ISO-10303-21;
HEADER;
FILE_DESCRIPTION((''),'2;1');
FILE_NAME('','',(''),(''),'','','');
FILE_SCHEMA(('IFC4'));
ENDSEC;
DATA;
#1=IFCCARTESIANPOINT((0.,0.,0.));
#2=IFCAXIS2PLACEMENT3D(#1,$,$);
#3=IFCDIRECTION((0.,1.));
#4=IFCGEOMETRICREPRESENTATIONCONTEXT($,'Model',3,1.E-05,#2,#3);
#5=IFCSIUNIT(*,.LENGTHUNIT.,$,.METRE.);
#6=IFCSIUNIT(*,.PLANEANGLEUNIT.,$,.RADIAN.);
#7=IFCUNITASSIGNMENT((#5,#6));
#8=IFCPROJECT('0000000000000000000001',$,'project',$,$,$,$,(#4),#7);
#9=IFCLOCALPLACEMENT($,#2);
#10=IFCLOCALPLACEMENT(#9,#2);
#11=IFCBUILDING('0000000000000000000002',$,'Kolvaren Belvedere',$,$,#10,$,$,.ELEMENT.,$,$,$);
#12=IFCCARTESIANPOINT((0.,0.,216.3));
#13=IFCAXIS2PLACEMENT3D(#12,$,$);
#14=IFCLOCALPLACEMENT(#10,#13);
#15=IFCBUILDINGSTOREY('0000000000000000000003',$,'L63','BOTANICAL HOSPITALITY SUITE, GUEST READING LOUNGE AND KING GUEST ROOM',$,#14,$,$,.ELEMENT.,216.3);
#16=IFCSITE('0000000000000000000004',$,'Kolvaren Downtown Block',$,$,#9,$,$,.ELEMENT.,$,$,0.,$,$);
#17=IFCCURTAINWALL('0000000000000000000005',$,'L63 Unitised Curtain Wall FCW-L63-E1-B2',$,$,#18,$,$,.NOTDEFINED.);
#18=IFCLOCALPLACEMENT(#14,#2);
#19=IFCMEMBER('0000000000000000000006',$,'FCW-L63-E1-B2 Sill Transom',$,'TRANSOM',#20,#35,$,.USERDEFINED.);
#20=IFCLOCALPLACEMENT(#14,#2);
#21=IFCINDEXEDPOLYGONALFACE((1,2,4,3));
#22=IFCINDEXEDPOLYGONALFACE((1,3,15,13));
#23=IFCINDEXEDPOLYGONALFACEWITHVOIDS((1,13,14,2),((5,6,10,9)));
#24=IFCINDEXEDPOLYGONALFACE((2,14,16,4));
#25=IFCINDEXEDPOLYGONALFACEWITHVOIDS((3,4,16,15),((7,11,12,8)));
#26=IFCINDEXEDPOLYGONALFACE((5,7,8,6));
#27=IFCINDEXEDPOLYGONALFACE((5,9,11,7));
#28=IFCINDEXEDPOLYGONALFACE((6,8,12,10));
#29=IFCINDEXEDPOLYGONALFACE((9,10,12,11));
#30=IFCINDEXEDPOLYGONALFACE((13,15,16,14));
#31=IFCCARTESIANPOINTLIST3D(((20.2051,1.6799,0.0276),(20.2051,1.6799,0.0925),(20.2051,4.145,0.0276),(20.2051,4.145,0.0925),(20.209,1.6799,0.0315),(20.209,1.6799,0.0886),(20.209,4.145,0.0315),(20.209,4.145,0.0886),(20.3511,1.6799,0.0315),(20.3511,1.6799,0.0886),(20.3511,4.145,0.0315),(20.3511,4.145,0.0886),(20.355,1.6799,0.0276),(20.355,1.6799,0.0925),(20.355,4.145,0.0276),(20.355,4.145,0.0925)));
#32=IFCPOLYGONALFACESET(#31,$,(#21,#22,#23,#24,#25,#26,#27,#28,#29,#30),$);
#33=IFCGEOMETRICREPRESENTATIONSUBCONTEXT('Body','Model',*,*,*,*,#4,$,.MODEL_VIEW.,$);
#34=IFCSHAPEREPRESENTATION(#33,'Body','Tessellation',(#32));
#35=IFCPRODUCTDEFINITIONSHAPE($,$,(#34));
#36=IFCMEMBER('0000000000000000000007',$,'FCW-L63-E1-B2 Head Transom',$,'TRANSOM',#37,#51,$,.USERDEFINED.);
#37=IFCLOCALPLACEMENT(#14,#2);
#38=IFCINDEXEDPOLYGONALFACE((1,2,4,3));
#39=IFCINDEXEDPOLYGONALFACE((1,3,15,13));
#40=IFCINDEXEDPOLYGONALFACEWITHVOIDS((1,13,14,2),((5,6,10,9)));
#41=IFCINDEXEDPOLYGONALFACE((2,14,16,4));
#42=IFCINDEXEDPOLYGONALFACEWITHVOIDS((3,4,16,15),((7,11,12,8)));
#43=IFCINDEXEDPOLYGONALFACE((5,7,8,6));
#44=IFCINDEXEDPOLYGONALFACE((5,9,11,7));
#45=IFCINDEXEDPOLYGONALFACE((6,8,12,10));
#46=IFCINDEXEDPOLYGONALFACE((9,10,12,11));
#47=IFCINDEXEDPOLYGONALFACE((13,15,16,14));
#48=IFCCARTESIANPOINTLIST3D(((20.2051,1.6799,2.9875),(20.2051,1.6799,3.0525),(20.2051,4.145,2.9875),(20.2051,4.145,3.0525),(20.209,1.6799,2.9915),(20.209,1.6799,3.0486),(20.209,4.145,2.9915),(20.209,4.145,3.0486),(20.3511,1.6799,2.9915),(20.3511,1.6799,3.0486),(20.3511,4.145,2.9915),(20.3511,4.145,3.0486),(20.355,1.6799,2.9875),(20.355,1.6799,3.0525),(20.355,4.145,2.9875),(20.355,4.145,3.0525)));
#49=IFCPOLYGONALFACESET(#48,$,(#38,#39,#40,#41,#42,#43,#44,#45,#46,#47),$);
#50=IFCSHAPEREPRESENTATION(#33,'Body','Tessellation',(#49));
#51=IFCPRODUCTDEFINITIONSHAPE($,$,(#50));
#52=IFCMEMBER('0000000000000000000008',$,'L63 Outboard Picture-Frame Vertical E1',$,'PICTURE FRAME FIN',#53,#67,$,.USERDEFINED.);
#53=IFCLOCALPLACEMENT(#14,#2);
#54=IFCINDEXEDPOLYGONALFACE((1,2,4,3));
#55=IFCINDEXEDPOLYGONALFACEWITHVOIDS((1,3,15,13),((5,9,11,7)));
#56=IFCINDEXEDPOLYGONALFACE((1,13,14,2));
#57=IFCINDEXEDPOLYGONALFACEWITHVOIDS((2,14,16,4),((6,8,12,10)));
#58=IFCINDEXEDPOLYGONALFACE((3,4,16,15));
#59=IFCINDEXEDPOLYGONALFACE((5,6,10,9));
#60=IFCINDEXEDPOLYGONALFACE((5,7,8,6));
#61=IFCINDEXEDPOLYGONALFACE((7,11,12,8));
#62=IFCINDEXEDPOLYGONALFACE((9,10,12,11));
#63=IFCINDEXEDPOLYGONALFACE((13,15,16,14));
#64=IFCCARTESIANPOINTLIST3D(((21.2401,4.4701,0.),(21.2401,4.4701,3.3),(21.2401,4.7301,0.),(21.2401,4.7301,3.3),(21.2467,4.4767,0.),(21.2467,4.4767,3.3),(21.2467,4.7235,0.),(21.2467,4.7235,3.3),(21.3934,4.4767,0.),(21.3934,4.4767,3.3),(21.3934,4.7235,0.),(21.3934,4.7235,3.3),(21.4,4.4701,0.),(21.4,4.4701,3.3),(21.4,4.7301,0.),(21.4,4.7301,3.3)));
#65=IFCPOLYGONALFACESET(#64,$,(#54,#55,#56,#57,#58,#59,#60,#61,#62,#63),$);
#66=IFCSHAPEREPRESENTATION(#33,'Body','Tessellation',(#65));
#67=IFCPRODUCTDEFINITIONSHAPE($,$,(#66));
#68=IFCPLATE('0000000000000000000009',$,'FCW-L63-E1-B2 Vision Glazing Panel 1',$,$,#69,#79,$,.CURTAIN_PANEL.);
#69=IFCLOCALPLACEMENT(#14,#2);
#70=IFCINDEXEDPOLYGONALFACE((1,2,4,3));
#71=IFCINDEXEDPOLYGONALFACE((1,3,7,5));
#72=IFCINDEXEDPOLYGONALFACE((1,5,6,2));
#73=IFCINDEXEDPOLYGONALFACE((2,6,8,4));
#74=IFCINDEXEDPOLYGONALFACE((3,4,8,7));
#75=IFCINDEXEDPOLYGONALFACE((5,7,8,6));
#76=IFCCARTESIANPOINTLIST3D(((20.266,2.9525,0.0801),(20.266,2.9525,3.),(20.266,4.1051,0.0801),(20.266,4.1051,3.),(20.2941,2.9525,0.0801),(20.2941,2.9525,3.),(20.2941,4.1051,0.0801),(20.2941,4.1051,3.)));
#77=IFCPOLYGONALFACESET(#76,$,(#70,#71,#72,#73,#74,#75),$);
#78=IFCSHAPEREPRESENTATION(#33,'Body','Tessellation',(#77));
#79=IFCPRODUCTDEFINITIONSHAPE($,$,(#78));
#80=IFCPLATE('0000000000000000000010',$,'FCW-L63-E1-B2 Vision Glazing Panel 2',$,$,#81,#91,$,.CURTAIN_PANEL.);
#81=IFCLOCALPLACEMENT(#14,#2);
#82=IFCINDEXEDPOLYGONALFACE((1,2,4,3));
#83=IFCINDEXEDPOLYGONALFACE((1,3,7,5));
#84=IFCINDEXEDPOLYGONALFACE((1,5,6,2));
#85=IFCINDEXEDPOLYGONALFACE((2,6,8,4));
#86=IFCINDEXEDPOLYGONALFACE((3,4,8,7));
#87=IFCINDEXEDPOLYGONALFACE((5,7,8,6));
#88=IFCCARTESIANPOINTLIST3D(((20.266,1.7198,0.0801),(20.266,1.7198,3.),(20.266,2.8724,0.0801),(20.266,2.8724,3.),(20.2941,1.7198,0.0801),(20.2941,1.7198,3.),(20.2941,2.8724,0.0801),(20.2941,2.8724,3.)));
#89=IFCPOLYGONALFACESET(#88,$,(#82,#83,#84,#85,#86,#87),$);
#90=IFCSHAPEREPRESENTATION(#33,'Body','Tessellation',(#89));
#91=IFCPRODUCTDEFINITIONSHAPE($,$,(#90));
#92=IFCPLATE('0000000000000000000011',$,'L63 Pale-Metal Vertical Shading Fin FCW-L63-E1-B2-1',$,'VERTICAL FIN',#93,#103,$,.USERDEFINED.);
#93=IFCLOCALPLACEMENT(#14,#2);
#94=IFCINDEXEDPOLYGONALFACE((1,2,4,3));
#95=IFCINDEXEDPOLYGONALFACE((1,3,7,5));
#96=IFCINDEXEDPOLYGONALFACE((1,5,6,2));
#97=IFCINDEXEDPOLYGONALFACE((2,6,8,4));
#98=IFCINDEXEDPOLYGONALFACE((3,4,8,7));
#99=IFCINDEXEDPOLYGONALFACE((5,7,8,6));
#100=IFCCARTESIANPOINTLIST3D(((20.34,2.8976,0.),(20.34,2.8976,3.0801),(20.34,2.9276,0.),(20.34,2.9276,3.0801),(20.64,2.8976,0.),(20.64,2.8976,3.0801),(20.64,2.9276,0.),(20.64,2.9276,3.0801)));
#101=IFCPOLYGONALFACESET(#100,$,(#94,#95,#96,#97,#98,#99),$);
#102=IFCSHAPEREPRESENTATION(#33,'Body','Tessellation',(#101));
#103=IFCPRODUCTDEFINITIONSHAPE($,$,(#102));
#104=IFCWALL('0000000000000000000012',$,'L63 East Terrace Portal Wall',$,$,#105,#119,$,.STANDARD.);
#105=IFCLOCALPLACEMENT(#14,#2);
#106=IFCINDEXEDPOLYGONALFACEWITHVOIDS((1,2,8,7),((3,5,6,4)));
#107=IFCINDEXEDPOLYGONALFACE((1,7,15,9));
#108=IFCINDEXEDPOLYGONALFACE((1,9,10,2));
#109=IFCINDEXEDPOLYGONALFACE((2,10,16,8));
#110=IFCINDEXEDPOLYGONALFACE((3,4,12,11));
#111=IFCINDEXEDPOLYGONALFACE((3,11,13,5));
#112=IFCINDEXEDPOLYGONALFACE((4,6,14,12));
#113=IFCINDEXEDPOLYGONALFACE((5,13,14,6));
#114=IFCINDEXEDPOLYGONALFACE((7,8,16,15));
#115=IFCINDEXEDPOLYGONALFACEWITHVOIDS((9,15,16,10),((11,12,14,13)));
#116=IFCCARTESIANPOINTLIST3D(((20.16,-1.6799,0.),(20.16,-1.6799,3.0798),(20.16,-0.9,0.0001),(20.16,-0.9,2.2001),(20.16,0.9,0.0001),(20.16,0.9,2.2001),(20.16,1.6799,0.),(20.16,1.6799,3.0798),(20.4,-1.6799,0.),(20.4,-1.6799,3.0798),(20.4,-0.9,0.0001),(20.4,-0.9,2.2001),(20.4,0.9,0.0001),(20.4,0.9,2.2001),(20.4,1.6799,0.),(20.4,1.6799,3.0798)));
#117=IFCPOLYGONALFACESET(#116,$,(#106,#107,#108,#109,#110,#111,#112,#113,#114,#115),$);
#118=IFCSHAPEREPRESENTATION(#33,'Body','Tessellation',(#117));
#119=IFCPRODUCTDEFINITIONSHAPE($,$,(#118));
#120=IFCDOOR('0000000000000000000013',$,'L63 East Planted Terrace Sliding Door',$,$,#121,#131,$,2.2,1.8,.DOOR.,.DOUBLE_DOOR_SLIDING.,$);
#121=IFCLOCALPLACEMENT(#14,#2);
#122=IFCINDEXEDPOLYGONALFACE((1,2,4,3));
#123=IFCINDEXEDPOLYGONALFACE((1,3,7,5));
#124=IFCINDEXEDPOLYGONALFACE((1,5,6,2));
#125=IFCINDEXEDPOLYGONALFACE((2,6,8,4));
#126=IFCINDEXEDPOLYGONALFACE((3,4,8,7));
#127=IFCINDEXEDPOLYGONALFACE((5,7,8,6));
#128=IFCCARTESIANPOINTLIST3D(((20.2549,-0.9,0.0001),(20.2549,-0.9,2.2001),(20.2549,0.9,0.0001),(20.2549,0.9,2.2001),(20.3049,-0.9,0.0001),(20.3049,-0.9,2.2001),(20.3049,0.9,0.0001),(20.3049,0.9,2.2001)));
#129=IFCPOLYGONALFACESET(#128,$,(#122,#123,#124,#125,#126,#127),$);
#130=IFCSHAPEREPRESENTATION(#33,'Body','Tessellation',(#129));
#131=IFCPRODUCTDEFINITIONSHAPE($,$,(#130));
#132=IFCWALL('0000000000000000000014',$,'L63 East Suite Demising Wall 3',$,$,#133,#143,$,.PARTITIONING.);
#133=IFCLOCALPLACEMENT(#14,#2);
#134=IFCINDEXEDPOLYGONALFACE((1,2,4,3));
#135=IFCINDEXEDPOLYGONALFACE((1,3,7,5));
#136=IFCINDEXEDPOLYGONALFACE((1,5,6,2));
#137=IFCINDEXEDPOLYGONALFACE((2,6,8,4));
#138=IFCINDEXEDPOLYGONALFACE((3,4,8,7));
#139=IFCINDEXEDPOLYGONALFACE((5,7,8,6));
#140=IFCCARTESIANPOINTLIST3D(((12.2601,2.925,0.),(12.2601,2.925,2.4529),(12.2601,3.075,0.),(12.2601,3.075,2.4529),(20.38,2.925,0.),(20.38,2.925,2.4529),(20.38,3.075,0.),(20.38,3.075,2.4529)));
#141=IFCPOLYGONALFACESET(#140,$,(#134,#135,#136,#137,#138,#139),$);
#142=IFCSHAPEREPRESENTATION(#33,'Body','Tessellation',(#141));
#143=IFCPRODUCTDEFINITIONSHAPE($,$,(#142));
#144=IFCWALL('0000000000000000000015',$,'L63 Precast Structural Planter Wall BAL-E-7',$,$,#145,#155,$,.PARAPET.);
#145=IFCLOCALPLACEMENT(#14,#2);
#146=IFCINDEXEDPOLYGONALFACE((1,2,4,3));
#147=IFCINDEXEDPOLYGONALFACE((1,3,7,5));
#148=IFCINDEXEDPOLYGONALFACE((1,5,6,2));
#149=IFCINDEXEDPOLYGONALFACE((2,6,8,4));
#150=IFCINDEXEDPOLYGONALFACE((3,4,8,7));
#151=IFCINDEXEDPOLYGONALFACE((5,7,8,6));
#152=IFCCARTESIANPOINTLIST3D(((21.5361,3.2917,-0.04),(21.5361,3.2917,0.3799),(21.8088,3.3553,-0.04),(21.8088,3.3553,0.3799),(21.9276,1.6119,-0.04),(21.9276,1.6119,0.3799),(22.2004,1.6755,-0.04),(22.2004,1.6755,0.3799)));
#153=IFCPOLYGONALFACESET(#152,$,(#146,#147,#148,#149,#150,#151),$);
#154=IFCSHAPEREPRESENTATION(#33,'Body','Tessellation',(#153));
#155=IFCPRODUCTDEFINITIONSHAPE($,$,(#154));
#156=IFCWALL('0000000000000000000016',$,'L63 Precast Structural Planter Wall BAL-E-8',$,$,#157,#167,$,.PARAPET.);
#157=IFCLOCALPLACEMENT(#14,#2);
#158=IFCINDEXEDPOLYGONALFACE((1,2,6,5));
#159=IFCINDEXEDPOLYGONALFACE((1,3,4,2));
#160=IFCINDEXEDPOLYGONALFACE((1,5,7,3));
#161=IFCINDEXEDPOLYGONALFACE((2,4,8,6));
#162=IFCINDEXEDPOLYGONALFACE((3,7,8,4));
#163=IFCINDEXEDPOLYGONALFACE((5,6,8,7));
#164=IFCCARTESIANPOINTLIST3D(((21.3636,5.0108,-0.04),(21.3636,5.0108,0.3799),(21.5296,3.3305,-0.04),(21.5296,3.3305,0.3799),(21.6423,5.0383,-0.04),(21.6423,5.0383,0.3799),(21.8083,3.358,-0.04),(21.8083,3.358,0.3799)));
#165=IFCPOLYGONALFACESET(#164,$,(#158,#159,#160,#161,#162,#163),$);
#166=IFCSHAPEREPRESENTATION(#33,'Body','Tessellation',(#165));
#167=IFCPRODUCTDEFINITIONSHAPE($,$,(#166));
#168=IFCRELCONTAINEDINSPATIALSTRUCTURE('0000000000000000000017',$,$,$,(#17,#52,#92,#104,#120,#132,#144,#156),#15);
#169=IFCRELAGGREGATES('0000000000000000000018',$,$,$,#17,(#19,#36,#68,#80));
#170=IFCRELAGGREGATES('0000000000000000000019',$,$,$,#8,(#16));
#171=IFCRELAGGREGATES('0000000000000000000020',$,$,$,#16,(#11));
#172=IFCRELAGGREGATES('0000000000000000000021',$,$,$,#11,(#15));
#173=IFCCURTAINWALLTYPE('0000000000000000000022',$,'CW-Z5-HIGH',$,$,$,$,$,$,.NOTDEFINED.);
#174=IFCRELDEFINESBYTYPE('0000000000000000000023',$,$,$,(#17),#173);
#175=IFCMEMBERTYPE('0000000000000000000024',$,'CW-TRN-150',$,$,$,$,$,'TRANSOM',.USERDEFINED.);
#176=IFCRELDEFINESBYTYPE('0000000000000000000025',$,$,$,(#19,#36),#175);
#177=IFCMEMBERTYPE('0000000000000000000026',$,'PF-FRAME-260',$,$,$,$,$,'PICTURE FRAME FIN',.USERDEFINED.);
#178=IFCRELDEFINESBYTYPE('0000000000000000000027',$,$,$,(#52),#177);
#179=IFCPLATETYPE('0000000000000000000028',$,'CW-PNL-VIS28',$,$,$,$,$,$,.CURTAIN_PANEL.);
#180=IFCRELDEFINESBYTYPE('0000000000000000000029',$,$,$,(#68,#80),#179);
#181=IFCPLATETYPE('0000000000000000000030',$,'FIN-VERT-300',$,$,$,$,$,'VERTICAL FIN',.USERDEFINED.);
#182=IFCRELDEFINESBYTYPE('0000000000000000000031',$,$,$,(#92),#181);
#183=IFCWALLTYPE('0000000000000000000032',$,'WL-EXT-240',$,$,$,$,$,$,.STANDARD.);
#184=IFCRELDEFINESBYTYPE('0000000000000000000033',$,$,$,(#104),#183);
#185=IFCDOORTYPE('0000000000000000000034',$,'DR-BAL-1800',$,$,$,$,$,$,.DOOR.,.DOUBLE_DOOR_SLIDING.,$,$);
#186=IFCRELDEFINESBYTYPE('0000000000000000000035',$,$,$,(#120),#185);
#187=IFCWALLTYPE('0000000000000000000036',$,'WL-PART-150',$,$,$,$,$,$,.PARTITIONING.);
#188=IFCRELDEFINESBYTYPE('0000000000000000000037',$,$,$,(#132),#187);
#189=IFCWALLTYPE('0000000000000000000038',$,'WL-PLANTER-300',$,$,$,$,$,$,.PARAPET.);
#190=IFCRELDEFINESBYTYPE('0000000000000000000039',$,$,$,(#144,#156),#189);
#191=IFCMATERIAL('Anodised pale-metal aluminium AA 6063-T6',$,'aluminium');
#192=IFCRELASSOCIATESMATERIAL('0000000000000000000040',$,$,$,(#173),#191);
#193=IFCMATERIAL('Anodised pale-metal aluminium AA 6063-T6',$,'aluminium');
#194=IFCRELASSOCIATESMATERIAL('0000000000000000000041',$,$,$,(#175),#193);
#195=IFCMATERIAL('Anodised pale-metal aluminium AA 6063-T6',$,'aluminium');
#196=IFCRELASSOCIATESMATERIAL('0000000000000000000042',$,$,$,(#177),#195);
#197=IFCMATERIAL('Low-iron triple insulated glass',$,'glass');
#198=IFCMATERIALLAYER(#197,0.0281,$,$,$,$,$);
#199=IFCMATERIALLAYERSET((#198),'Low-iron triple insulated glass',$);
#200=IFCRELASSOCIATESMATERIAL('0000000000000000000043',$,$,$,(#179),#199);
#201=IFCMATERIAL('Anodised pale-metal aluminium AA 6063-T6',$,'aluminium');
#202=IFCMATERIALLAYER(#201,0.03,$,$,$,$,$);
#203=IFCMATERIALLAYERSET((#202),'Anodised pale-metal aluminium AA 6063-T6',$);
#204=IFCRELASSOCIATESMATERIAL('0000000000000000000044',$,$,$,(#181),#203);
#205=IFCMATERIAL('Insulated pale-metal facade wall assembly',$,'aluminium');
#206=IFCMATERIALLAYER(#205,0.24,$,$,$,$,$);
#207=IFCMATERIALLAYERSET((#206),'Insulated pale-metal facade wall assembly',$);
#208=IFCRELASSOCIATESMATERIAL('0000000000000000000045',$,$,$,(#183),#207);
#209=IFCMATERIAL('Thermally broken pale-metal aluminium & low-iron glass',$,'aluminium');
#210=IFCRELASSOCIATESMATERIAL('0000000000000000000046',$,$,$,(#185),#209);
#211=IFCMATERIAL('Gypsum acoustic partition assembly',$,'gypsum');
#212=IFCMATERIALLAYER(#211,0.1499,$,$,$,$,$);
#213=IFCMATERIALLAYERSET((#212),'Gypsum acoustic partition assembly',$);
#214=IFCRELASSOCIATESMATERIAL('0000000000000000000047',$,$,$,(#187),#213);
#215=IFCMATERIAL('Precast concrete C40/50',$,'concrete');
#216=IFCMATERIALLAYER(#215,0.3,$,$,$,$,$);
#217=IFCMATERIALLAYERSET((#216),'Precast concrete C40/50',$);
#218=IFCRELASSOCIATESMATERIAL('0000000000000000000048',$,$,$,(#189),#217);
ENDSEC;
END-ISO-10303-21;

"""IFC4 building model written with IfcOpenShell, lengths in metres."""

from ifc_helpers import new_model, si_unit, direction, frame, frame_2d, origin, origin_2d, place, context, subcontext, project, spatial, rectangle, hollow_rectangle, extrude, material, layer, layer_set, material_profile, profile_set, type_object, element, fill, aggregate, save


model = new_model("IFC4")

# Units and contexts
model_context = context("Model", 3, precision=1e-05, world=origin(), true_north=direction((0.0, 1.0)))
body_context = subcontext(model_context, "Body", "Model", "MODEL_VIEW")
ifc_project = project(units=[si_unit("LENGTHUNIT", "METRE"), si_unit("PLANEANGLEUNIT", "RADIAN")], contexts=[model_context])

# Site, building, storey
site_placement = place(None, origin())
site = spatial("IfcSite", under=ifc_project, at=site_placement, Name="Kolvaren Downtown Block", CompositionType="ELEMENT", RefElevation=0.0)
building_placement = place(site_placement, origin())
building = spatial("IfcBuilding", under=site, at=building_placement, Name="Kolvaren Belvedere", CompositionType="ELEMENT")
storey_placement = place(building_placement, frame((0.0, 0.0, 216.3)))
storey = spatial("IfcBuildingStorey", under=building, at=storey_placement, Name="L63", Description="BOTANICAL HOSPITALITY SUITE, GUEST READING LOUNGE AND KING GUEST ROOM", CompositionType="ELEMENT", Elevation=216.3)

# Shared definitions
ifc_material_1 = material(Name="Anodised pale-metal aluminium AA 6063-T6", Category="aluminium")
curtain_wall_type = type_object("IfcCurtainWallType", Name="CW-Z5-HIGH", PredefinedType="NOTDEFINED", material=ifc_material_1)

# Curtain wall, members
curtain_wall_1_placement = place(storey_placement, origin())
curtain_wall_1 = element("IfcCurtainWall", 1, at=curtain_wall_1_placement, inside=storey, type_object=curtain_wall_type, Name="L63 Unitised Curtain Wall FCW-L63-E1-B2", PredefinedType="NOTDEFINED")
ifc_material_2 = material(Name="Anodised pale-metal aluminium AA 6063-T6", Category="aluminium")
ifc_material_profile_1 = material_profile(ifc_material_2, hollow_rectangle(XDim=0.0649, YDim=0.1499, WallThickness=0.0039, at=origin_2d()), Name="ALU-TRN-150X65")
ifc_profile_set_1 = profile_set([ifc_material_profile_1], Name="Anodised pale-metal aluminium AA 6063-T6")
member_type_1 = type_object("IfcMemberType", Name="CW-TRN-150", ElementType="TRANSOM", PredefinedType="USERDEFINED", material=ifc_profile_set_1)
member_1_placement = place(storey_placement, frame((20.28, 4.145, 0.0601), z_axis=(0.0, -1.0, 0.0), x_axis=(0.0, 0.0, 1.0)))
member_1 = element("IfcMember", 2, at=member_1_placement, type_object=member_type_1, Name="FCW-L63-E1-B2 Sill Transom", ObjectType="TRANSOM", PredefinedType="USERDEFINED", context=body_context, shape_type="SweptSolid", body=[
    extrude(hollow_rectangle(XDim=0.0649, YDim=0.1499, WallThickness=0.0039, at=origin_2d()), origin(), (0.0, 0.0, 1.0), 2.4651),
])
member_2_placement = place(storey_placement, frame((20.28, 4.145, 3.02), z_axis=(0.0, -1.0, 0.0), x_axis=(0.0, 0.0, 1.0)))
member_2 = element("IfcMember", 3, at=member_2_placement, type_object=member_type_1, Name="FCW-L63-E1-B2 Head Transom", ObjectType="TRANSOM", PredefinedType="USERDEFINED", context=body_context, shape_type="SweptSolid", body=[
    extrude(hollow_rectangle(XDim=0.0649, YDim=0.1499, WallThickness=0.0039, at=origin_2d()), origin(), (0.0, 0.0, 1.0), 2.4651),
])

# Member
ifc_material_3 = material(Name="Anodised pale-metal aluminium AA 6063-T6", Category="aluminium")
ifc_material_profile_2 = material_profile(ifc_material_3, hollow_rectangle(XDim=0.1599, YDim=0.26, WallThickness=0.0066, at=origin_2d()), Name="ALU-PF-260X160")
ifc_profile_set_2 = profile_set([ifc_material_profile_2], Name="Anodised pale-metal aluminium AA 6063-T6")
member_type_2 = type_object("IfcMemberType", Name="PF-FRAME-260", ElementType="PICTURE FRAME FIN", PredefinedType="USERDEFINED", material=ifc_profile_set_2)
member_3_placement = place(storey_placement, frame((21.3201, 4.6001, 0.0), z_axis=(0.0, 0.0, 1.0), x_axis=(1.0, 0.0, 0.0)))
element("IfcMember", 4, at=member_3_placement, inside=storey, type_object=member_type_2, Name="L63 Outboard Picture-Frame Vertical E1", ObjectType="PICTURE FRAME FIN", PredefinedType="USERDEFINED", context=body_context, shape_type="SweptSolid", body=[
    extrude(hollow_rectangle(XDim=0.1599, YDim=0.26, WallThickness=0.0066, at=origin_2d()), origin(), (0.0, 0.0, 1.0), 3.3),
])

# Plates
ifc_material_4 = material(Name="Low-iron triple insulated glass", Category="glass")
ifc_layer_1 = layer(ifc_material_4, 0.0281)
ifc_layer_set_1 = layer_set([ifc_layer_1], Name="Low-iron triple insulated glass")
plate_type_1 = type_object("IfcPlateType", Name="CW-PNL-VIS28", PredefinedType="CURTAIN_PANEL", material=ifc_layer_set_1)
plate_1_placement = place(storey_placement, frame((20.28, 3.5288, 0.0801), z_axis=(0.0, 0.0, 1.0), x_axis=(0.0, -1.0, 0.0)))
plate_1 = element("IfcPlate", 5, at=plate_1_placement, type_object=plate_type_1, Name="FCW-L63-E1-B2 Vision Glazing Panel 1", PredefinedType="CURTAIN_PANEL", context=body_context, shape_type="SweptSolid", body=[
    extrude(rectangle(XDim=1.1526, YDim=0.0281, at=origin_2d()), origin(), (0.0, 0.0, 1.0), 2.9199),
])
plate_2_placement = place(storey_placement, frame((20.28, 2.2961, 0.0801), z_axis=(0.0, 0.0, 1.0), x_axis=(0.0, -1.0, 0.0)))
plate_2 = element("IfcPlate", 6, at=plate_2_placement, type_object=plate_type_1, Name="FCW-L63-E1-B2 Vision Glazing Panel 2", PredefinedType="CURTAIN_PANEL", context=body_context, shape_type="SweptSolid", body=[
    extrude(rectangle(XDim=1.1526, YDim=0.0281, at=origin_2d()), origin(), (0.0, 0.0, 1.0), 2.9199),
])
aggregate(curtain_wall_1, [member_1, member_2, plate_1, plate_2])
ifc_material_5 = material(Name="Anodised pale-metal aluminium AA 6063-T6", Category="aluminium")
ifc_layer_2 = layer(ifc_material_5, 0.03)
ifc_layer_set_2 = layer_set([ifc_layer_2], Name="Anodised pale-metal aluminium AA 6063-T6")
plate_type_2 = type_object("IfcPlateType", Name="FIN-VERT-300", ElementType="VERTICAL FIN", PredefinedType="USERDEFINED", material=ifc_layer_set_2)
plate_3_placement = place(storey_placement, frame((20.49, 2.9126, 0.0), z_axis=(0.0, 0.0, 1.0), x_axis=(1.0, 0.0, 0.0)))
element("IfcPlate", 7, at=plate_3_placement, inside=storey, type_object=plate_type_2, Name="L63 Pale-Metal Vertical Shading Fin FCW-L63-E1-B2-1", ObjectType="VERTICAL FIN", PredefinedType="USERDEFINED", context=body_context, shape_type="SweptSolid", body=[
    extrude(rectangle(XDim=0.3, YDim=0.03, at=origin_2d()), origin(), (0.0, 0.0, 1.0), 3.0801),
])

# Wall, opening, door
ifc_material_6 = material(Name="Insulated pale-metal facade wall assembly", Category="aluminium")
ifc_layer_3 = layer(ifc_material_6, 0.24)
ifc_layer_set_3 = layer_set([ifc_layer_3], Name="Insulated pale-metal facade wall assembly")
wall_type_1 = type_object("IfcWallType", Name="WL-EXT-240", PredefinedType="STANDARD", material=ifc_layer_set_3)
wall_1_placement = place(storey_placement, frame((20.28, 1.6799, 0.0), z_axis=(0.0, 0.0, 1.0), x_axis=(0.0, -1.0, 0.0)))
wall_1 = element("IfcWall", 8, at=wall_1_placement, inside=storey, type_object=wall_type_1, Name="L63 East Terrace Portal Wall", PredefinedType="STANDARD", context=body_context, shape_type="SweptSolid", body=[
    extrude(rectangle(XDim=3.3599, YDim=0.24, at=frame_2d((1.6799, 0.0))), origin(), (0.0, 0.0, 1.0), 3.0798),
])
opening_1_placement = place(wall_1_placement, frame((0.78, 0.0, 0.0)))
opening_1 = element("IfcOpeningElement", 9, at=opening_1_placement, cuts=wall_1, PredefinedType="OPENING", context=body_context, shape_type="SweptSolid", body=[
    extrude(rectangle(XDim=1.8, YDim=2.2, at=frame_2d((0.8999, 1.1001))), frame((0.0, 0.1299, 0.0), z_axis=(0.0, -1.0, 0.0), x_axis=(1.0, 0.0, 0.0)), (0.0, 0.0, 1.0), 0.26),
])
ifc_material_7 = material(Name="Thermally broken pale-metal aluminium & low-iron glass", Category="aluminium")
door_type_1 = type_object("IfcDoorType", Name="DR-BAL-1800", OperationType="DOUBLE_DOOR_SLIDING", PredefinedType="DOOR", material=ifc_material_7)
door_1_placement = place(opening_1_placement, origin())
door_1 = element("IfcDoor", 10, at=door_1_placement, inside=storey, type_object=door_type_1, Name="L63 East Planted Terrace Sliding Door", OperationType="DOUBLE_DOOR_SLIDING", OverallHeight=2.2, OverallWidth=1.8, PredefinedType="DOOR", context=body_context, shape_type="SweptSolid", body=[
    extrude(rectangle(XDim=1.8, YDim=2.2, at=frame_2d((0.8999, 1.1001))), frame((0.0, 0.0249, 0.0), z_axis=(0.0, -1.0, 0.0), x_axis=(1.0, 0.0, 0.0)), (0.0, 0.0, 1.0), 0.05),
])
fill(opening_1, door_1)

# Walls
ifc_material_8 = material(Name="Gypsum acoustic partition assembly", Category="gypsum")
ifc_layer_4 = layer(ifc_material_8, 0.1499)
ifc_layer_set_4 = layer_set([ifc_layer_4], Name="Gypsum acoustic partition assembly")
wall_type_2 = type_object("IfcWallType", Name="WL-PART-150", PredefinedType="PARTITIONING", material=ifc_layer_set_4)
wall_2_placement = place(storey_placement, frame((12.26, 3.0, 0.0), z_axis=(0.0, 0.0, 1.0), x_axis=(1.0, 0.0, 0.0)))
element("IfcWall", 11, at=wall_2_placement, inside=storey, type_object=wall_type_2, Name="L63 East Suite Demising Wall 3", PredefinedType="PARTITIONING", context=body_context, shape_type="SweptSolid", body=[
    extrude(rectangle(XDim=8.1199, YDim=0.1499, at=frame_2d((4.0601, 0.0))), origin(), (0.0, 0.0, 1.0), 2.4529),
])
ifc_material_9 = material(Name="Precast concrete C40/50", Category="concrete")
ifc_layer_5 = layer(ifc_material_9, 0.3)
ifc_layer_set_5 = layer_set([ifc_layer_5], Name="Precast concrete C40/50")
wall_type_3 = type_object("IfcWallType", Name="WL-PLANTER-300", PredefinedType="PARAPET", material=ifc_layer_set_5)
wall_3_placement = place(storey_placement, frame((22.064, 1.6438, -0.04), z_axis=(0.0, 0.0, 1.0), x_axis=(-0.227019, 0.97389, 0.0)))
element("IfcWall", 12, at=wall_3_placement, inside=storey, type_object=wall_type_3, Name="L63 Precast Structural Planter Wall BAL-E-7", PredefinedType="PARAPET", context=body_context, shape_type="SweptSolid", body=[
    extrude(rectangle(XDim=1.7249, YDim=0.28, at=frame_2d((0.8623, 0.0))), origin(), (0.0, 0.0, 1.0), 0.4199),
])
wall_4_placement = place(storey_placement, frame((21.6689, 3.3442, -0.04), z_axis=(0.0, 0.0, 1.0), x_axis=(-0.09833, 0.995154, 0.0)))
element("IfcWall", 13, at=wall_4_placement, inside=storey, type_object=wall_type_3, Name="L63 Precast Structural Planter Wall BAL-E-8", PredefinedType="PARAPET", context=body_context, shape_type="SweptSolid", body=[
    extrude(rectangle(XDim=1.6885, YDim=0.28, at=frame_2d((0.8442, 0.0))), origin(), (0.0, 0.0, 1.0), 0.4199),
])

save(model, "model.ifc")
